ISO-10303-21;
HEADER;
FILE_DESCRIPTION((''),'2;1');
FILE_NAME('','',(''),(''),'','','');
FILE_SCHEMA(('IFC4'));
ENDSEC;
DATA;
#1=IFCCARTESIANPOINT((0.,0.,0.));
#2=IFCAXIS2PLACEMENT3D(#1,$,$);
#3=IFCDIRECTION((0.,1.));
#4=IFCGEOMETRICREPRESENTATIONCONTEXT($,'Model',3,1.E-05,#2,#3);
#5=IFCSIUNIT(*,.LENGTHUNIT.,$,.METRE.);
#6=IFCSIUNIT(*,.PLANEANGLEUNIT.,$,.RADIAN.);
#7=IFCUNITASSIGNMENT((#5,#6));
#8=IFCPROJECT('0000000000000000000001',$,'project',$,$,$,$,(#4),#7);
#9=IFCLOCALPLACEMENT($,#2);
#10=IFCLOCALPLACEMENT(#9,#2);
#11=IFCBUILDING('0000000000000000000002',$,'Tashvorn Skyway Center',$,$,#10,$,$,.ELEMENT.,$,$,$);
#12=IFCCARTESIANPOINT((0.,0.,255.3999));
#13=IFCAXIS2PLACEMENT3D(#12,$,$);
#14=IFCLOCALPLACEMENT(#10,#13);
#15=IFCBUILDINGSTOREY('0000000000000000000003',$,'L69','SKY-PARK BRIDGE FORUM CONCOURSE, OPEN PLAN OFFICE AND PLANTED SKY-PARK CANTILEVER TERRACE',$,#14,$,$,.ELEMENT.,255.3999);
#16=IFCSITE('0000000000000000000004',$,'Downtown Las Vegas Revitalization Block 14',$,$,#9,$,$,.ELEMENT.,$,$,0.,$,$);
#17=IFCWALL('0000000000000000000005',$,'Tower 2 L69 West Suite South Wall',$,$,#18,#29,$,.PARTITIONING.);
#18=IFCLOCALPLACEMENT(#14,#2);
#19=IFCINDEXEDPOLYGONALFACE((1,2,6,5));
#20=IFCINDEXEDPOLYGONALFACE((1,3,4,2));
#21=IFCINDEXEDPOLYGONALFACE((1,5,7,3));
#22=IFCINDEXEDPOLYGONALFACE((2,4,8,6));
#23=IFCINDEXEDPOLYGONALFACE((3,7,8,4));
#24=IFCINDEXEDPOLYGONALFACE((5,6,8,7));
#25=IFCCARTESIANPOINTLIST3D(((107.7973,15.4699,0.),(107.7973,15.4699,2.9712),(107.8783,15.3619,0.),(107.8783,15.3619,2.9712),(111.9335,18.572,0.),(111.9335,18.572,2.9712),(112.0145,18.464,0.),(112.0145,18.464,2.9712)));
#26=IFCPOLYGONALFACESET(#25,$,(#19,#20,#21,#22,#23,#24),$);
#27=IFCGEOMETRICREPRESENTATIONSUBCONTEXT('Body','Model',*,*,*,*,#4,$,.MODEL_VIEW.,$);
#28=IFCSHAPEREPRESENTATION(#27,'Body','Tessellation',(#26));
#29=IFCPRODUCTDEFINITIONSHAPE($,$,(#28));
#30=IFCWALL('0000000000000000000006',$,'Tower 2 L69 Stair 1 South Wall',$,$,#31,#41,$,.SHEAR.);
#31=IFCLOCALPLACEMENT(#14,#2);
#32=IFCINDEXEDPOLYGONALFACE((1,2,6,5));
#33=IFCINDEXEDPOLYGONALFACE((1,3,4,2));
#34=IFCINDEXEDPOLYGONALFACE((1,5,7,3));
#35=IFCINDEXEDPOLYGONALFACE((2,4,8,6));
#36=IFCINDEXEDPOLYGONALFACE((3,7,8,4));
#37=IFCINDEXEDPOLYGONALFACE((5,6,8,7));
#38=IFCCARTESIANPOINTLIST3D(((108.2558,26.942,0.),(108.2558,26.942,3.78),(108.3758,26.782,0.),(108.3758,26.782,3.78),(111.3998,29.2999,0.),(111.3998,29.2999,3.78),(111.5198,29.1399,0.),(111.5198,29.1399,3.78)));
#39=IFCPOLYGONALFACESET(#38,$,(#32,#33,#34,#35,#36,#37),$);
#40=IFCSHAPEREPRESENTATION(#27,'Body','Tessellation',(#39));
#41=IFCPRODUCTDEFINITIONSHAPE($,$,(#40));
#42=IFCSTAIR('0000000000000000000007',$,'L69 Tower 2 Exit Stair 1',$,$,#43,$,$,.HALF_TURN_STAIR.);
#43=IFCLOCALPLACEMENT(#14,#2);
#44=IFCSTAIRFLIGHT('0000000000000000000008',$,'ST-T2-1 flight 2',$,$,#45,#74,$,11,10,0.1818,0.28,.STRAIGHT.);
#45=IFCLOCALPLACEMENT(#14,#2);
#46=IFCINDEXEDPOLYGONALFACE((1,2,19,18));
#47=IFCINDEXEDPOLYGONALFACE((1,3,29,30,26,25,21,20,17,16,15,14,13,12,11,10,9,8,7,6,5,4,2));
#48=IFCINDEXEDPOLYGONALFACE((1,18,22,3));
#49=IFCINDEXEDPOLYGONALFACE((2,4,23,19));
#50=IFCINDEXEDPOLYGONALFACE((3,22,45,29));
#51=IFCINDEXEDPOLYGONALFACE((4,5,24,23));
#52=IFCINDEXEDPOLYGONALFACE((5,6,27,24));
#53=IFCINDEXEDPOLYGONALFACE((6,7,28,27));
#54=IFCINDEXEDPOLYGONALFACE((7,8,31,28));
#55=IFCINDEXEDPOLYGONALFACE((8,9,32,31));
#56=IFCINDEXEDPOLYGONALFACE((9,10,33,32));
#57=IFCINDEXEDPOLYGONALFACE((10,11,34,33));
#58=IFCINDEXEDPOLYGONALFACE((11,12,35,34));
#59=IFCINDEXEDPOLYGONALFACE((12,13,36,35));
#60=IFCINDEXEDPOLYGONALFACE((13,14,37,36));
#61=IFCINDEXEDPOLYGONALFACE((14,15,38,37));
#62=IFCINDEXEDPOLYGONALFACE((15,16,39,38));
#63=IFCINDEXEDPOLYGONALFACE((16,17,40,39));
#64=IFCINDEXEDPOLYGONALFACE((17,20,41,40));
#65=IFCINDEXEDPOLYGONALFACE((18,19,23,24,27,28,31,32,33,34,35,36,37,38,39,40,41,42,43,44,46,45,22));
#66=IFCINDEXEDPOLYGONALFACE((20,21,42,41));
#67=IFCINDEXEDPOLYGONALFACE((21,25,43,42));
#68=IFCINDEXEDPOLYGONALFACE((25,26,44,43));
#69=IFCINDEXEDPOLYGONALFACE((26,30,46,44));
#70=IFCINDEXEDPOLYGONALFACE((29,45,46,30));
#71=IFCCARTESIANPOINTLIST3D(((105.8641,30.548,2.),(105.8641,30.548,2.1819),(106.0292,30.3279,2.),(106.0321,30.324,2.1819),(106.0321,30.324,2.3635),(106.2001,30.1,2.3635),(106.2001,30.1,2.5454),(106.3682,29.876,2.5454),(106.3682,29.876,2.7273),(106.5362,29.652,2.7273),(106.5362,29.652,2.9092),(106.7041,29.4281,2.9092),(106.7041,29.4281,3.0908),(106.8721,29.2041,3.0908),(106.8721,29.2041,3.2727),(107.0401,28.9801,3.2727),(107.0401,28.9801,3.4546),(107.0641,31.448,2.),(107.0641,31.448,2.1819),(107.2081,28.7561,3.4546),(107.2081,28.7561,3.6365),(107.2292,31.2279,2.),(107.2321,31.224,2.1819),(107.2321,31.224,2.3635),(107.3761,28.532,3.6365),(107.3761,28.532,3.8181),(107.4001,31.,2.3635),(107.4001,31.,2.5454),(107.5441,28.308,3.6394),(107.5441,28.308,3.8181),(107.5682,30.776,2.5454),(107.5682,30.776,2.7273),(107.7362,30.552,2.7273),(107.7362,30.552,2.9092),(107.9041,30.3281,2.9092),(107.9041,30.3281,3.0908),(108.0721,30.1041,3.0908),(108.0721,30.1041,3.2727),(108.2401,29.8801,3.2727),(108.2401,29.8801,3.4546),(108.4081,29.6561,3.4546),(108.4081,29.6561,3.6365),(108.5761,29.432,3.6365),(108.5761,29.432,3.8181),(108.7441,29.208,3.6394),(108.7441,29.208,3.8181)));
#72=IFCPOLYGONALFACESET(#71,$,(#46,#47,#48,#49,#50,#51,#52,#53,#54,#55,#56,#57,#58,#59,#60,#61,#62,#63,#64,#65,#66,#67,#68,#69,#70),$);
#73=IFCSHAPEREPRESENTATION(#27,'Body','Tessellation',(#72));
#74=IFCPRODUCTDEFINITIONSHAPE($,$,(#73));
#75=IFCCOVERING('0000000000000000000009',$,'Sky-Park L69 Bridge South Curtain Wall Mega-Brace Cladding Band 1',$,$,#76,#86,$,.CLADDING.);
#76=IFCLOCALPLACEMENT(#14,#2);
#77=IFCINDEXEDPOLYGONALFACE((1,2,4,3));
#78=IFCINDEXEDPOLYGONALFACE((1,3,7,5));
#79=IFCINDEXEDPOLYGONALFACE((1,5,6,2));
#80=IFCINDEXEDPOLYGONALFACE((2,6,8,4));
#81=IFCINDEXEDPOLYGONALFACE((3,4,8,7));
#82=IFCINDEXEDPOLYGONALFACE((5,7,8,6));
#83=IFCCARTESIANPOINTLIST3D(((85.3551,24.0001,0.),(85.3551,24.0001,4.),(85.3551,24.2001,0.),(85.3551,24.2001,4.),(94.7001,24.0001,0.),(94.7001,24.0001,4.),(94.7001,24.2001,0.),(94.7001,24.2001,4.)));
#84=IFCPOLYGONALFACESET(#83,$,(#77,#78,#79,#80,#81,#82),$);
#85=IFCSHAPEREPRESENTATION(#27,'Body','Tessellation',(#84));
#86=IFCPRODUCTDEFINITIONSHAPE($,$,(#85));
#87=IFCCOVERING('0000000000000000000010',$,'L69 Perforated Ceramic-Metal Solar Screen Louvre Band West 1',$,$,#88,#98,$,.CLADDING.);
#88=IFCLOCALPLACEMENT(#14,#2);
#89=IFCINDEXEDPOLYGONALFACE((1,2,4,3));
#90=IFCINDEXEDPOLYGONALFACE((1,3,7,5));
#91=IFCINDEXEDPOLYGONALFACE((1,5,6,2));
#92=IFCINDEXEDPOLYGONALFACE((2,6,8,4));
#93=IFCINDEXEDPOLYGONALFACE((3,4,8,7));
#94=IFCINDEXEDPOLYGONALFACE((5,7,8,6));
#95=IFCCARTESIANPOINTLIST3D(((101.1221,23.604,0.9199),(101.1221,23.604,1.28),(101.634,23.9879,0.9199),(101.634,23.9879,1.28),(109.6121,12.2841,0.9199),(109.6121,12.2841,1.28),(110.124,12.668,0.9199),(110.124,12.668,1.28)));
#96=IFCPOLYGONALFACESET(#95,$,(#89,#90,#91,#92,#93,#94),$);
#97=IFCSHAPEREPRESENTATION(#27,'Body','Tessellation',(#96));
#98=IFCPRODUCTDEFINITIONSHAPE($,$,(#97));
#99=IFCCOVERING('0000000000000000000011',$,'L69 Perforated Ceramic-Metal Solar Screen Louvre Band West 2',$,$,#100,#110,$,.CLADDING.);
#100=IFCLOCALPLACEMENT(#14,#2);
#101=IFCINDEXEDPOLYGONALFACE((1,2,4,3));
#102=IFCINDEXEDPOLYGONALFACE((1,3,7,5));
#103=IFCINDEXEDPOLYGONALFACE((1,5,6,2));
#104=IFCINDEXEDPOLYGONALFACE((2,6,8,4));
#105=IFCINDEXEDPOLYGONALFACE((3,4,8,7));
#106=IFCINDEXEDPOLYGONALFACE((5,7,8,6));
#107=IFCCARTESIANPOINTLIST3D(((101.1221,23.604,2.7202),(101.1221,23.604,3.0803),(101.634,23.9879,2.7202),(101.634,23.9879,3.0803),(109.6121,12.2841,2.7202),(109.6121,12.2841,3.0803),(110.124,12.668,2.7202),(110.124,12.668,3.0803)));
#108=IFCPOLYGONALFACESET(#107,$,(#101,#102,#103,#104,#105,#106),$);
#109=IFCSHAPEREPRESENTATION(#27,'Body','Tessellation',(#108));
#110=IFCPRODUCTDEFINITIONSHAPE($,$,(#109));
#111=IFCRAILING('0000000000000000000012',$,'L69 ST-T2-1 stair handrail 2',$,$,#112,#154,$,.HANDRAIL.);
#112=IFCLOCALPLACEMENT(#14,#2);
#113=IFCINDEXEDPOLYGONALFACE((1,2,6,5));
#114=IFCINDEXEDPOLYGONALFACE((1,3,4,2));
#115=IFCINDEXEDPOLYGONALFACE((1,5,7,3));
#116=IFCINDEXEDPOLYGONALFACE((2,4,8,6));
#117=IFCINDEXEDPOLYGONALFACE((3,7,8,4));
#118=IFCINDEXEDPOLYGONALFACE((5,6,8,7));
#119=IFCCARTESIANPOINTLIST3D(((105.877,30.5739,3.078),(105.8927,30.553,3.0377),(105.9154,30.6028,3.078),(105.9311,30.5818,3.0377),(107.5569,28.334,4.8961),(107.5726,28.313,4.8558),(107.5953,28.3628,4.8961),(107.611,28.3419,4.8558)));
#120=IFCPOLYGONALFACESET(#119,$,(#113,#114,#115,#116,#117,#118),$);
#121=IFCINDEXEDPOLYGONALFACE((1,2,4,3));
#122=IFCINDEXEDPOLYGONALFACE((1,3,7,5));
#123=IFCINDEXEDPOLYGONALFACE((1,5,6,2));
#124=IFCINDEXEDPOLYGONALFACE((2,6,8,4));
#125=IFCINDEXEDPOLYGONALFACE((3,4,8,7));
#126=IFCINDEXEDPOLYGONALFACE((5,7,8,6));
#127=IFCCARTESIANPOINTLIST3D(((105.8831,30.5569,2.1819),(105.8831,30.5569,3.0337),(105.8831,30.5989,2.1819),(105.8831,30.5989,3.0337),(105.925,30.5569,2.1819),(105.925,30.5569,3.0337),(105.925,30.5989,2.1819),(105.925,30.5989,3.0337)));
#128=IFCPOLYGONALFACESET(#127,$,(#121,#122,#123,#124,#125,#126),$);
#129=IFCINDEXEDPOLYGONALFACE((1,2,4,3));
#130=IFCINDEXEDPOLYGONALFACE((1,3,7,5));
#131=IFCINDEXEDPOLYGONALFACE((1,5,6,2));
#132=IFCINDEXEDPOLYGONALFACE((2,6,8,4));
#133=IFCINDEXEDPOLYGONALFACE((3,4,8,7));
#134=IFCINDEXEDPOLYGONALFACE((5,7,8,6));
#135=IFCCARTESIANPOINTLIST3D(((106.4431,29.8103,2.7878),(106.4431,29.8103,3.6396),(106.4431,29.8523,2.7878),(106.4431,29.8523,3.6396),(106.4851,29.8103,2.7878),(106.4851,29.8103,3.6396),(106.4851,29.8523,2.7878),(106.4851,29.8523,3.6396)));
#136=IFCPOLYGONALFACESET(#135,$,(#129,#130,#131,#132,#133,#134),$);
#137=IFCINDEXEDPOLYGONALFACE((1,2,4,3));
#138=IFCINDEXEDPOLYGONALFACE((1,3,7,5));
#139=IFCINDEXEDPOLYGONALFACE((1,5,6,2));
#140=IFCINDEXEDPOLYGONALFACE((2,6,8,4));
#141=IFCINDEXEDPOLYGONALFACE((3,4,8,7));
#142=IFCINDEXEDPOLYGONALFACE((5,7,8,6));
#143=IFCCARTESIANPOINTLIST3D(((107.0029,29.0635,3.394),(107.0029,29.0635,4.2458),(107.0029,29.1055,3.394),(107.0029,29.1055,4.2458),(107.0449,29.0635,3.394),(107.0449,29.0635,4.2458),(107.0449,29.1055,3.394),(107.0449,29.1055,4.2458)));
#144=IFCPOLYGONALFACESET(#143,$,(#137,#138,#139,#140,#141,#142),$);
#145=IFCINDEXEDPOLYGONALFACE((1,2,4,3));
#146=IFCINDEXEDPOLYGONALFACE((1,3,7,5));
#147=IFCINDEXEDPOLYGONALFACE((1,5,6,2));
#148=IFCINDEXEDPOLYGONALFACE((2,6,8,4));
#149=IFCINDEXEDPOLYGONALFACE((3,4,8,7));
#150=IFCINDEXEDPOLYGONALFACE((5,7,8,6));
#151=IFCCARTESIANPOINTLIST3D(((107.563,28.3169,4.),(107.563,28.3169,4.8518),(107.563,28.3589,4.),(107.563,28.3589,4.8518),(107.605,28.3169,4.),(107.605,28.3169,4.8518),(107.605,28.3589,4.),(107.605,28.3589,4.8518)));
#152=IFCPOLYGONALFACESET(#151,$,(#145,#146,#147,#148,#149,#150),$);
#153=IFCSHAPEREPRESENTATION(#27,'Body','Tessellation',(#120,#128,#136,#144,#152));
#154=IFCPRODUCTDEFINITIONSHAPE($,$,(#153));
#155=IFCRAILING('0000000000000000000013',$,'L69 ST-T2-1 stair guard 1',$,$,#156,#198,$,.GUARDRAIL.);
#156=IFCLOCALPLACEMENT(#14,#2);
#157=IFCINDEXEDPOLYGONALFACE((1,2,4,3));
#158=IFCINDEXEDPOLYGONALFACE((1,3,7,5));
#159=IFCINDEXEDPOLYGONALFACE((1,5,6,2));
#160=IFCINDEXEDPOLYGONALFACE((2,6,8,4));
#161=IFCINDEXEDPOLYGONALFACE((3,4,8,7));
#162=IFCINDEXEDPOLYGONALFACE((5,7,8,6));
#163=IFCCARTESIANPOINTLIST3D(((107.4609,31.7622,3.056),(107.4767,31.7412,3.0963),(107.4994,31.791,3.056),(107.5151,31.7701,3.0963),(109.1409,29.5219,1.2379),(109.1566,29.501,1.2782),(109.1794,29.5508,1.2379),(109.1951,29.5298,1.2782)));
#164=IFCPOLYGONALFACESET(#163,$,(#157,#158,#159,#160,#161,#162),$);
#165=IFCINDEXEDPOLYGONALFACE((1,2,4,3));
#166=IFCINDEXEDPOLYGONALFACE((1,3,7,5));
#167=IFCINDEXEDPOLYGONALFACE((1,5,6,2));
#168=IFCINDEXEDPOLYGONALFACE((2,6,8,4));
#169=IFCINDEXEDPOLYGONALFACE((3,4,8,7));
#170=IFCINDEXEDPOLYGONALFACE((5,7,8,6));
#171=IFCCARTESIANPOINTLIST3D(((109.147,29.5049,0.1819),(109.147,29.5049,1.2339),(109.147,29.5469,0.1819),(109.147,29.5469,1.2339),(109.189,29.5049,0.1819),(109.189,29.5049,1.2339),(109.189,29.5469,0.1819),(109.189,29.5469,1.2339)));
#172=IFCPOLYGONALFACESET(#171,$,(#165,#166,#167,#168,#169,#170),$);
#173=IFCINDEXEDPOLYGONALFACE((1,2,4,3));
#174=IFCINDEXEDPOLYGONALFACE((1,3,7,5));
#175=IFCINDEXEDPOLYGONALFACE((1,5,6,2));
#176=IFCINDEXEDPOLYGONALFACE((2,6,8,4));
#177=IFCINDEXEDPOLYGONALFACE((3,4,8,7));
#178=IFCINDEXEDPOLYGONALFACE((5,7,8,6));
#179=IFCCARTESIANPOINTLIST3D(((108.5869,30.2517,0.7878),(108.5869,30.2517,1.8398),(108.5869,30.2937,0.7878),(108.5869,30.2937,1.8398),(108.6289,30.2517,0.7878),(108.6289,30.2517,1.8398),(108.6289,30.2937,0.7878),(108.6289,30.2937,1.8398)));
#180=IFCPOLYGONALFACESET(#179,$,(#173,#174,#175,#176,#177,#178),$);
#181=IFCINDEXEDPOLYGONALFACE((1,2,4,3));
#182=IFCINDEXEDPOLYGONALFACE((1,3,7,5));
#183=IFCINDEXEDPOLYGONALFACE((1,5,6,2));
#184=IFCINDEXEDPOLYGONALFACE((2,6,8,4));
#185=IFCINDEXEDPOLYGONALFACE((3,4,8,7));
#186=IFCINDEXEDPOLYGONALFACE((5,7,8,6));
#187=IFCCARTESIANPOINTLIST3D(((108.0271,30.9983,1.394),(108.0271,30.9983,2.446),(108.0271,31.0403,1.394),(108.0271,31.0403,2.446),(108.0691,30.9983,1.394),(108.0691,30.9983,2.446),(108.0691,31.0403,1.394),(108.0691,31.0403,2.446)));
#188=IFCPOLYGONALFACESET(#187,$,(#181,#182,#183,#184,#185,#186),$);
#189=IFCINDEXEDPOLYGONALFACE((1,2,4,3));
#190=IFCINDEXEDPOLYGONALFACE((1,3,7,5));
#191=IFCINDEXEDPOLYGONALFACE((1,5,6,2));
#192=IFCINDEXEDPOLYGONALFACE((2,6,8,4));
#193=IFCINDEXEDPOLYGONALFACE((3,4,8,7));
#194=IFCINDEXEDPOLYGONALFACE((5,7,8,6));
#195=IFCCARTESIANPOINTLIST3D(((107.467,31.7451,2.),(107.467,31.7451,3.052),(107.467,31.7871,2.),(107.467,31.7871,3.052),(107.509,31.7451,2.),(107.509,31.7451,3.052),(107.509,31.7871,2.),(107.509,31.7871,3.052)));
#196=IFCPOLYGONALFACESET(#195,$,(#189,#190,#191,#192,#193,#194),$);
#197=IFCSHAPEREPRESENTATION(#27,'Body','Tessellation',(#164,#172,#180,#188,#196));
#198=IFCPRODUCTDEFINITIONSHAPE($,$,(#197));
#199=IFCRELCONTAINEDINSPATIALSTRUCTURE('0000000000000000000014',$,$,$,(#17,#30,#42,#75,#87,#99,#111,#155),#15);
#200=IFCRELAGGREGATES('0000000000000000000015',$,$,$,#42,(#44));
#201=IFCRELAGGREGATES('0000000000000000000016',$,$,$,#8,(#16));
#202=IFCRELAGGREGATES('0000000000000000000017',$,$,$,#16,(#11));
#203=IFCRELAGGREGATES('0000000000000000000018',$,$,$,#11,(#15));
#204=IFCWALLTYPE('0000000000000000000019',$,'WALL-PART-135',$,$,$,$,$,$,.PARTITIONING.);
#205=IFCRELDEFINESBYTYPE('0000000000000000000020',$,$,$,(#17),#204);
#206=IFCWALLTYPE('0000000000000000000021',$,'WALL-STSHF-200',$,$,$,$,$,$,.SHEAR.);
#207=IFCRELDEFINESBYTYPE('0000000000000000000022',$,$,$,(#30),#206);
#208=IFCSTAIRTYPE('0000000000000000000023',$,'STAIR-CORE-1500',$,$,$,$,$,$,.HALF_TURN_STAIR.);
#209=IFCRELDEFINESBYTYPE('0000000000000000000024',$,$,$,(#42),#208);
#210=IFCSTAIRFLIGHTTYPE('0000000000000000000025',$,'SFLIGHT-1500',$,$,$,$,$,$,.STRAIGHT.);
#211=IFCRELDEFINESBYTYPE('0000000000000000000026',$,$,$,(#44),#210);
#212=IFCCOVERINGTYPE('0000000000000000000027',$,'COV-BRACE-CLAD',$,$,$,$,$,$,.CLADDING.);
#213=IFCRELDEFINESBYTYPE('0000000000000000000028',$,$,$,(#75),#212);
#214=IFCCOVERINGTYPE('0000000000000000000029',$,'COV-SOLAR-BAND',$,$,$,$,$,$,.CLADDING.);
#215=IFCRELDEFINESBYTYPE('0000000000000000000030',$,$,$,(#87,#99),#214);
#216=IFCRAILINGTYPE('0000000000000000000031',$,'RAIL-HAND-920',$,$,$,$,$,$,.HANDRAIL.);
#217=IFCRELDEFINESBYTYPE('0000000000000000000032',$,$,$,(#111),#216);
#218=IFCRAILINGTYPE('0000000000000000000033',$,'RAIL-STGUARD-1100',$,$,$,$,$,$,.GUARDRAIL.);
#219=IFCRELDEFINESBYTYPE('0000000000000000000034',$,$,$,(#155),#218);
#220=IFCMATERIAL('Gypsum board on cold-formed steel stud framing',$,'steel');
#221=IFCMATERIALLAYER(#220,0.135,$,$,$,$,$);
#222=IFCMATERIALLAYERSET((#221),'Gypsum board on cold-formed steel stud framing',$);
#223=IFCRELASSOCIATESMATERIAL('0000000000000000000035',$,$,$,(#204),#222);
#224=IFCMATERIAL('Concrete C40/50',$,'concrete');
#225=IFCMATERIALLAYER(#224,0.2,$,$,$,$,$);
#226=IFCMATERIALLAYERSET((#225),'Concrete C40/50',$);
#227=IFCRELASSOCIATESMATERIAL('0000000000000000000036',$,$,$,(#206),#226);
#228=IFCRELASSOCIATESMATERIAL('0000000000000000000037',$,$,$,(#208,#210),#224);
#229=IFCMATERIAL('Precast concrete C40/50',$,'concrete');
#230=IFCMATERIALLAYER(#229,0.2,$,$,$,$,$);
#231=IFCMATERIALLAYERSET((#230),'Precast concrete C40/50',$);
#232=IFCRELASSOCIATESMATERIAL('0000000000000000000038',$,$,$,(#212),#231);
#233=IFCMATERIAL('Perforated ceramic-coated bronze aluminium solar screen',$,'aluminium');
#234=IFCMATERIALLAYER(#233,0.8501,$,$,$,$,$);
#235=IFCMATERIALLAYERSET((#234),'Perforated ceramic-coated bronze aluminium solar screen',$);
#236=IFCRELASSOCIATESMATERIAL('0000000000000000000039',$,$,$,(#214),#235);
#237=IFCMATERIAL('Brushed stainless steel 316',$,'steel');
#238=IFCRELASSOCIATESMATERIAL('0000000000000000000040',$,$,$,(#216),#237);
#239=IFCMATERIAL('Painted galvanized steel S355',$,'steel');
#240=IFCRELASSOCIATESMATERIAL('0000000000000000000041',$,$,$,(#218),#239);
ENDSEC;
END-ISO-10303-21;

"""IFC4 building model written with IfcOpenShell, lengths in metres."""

from ifc_helpers import new_model, si_unit, direction, frame, frame_2d, origin, origin_2d, place, context, subcontext, project, spatial, polyline, rectangle, outline, extrude, material, layer, layer_set, type_object, element, aggregate, save


model = new_model("IFC4")

# Units and contexts
model_context = context("Model", 3, precision=1e-05, world=origin(), true_north=direction((0.0, 1.0)))
body_context = subcontext(model_context, "Body", "Model", "MODEL_VIEW")
ifc_project = project(units=[si_unit("LENGTHUNIT", "METRE"), si_unit("PLANEANGLEUNIT", "RADIAN")], contexts=[model_context])

# Site, building, storey
site_placement = place(None, origin())
site = spatial("IfcSite", under=ifc_project, at=site_placement, Name="Downtown Las Vegas Revitalization Block 14", CompositionType="ELEMENT", RefElevation=0.0)
building_placement = place(site_placement, origin())
building = spatial("IfcBuilding", under=site, at=building_placement, Name="Tashvorn Skyway Center", CompositionType="ELEMENT")
storey_placement = place(building_placement, frame((0.0, 0.0, 255.3999)))
storey = spatial("IfcBuildingStorey", under=building, at=storey_placement, Name="L69", Description="SKY-PARK BRIDGE FORUM CONCOURSE, OPEN PLAN OFFICE AND PLANTED SKY-PARK CANTILEVER TERRACE", CompositionType="ELEMENT", Elevation=255.3999)

# Shared definitions
ifc_material_1 = material(Name="Concrete C40/50", Category="concrete")

# Walls
ifc_material_2 = material(Name="Gypsum board on cold-formed steel stud framing", Category="steel")
ifc_layer_1 = layer(ifc_material_2, 0.135)
ifc_layer_set_1 = layer_set([ifc_layer_1], Name="Gypsum board on cold-formed steel stud framing")
wall_type_1 = type_object("IfcWallType", Name="WALL-PART-135", PredefinedType="PARTITIONING", material=ifc_layer_set_1)
wall_1_placement = place(storey_placement, frame((107.8379, 15.416, 0.0), z_axis=(0.0, 0.0, 1.0), x_axis=(0.800011, 0.599985, 0.0)))
element("IfcWall", 1, at=wall_1_placement, inside=storey, type_object=wall_type_1, Name="Tower 2 L69 West Suite South Wall", PredefinedType="PARTITIONING", context=body_context, shape_type="SweptSolid", body=[
    extrude(rectangle(XDim=5.1702, YDim=0.135, at=frame_2d((2.585, 0.0))), origin(), (0.0, 0.0, 1.0), 2.9712),
])
ifc_layer_2 = layer(ifc_material_1, 0.2)
ifc_layer_set_2 = layer_set([ifc_layer_2], Name="Concrete C40/50")
wall_type_2 = type_object("IfcWallType", Name="WALL-STSHF-200", PredefinedType="SHEAR", material=ifc_layer_set_2)
wall_2_placement = place(storey_placement, frame((108.3159, 26.8621, 0.0), z_axis=(0.0, 0.0, 1.0), x_axis=(0.800015, 0.59998, 0.0)))
element("IfcWall", 2, at=wall_2_placement, inside=storey, type_object=wall_type_2, Name="Tower 2 L69 Stair 1 South Wall", PredefinedType="SHEAR", context=body_context, shape_type="SweptSolid", body=[
    extrude(rectangle(XDim=3.9299, YDim=0.2, at=frame_2d((1.9648, 0.0))), origin(), (0.0, 0.0, 1.0), 3.78),
])

# Stair, stair flight
stair_type = type_object("IfcStairType", Name="STAIR-CORE-1500", PredefinedType="HALF_TURN_STAIR", material=ifc_material_1)
stair_placement = place(storey_placement, origin())
stair = element("IfcStair", 3, at=stair_placement, inside=storey, type_object=stair_type, Name="L69 Tower 2 Exit Stair 1", PredefinedType="HALF_TURN_STAIR")
stair_flight_type = type_object("IfcStairFlightType", Name="SFLIGHT-1500", PredefinedType="STRAIGHT", material=ifc_material_1)
stair_flight_placement = place(storey_placement, frame((106.4641, 30.998, 2.0), z_axis=(0.0, 0.0, 1.0), x_axis=(0.6, -0.8, 0.0)))
stair_flight = element("IfcStairFlight", 4, at=stair_flight_placement, type_object=stair_flight_type, Name="ST-T2-1 flight 2", NumberOfRisers=11, NumberOfTreads=10, PredefinedType="STRAIGHT", RiserHeight=0.1818, TreadLength=0.28, context=body_context, shape_type="SweptSolid", body=[
    extrude(outline(polyline([(0.0, 0.0), (0.0, 0.1819), (0.28, 0.1819), (0.28, 0.3635), (0.5601, 0.3635), (0.5601, 0.5454), (0.8401, 0.5454), (0.8401, 0.7273), (1.1201, 0.7273), (1.1201, 0.9092), (1.3999, 0.9092), (1.3999, 1.0908), (1.6799, 1.0908), (1.6799, 1.2727), (1.96, 1.2727), (1.96, 1.4546), (2.24, 1.4546), (2.24, 1.6365), (2.52, 1.6365), (2.52, 1.8181), (2.8, 1.8181), (2.8, 2.0), (2.8, 1.6394), (0.2751, 0.0), (0.0, 0.0)])), frame((0.0, 0.75, 0.0), z_axis=(0.0, -1.0, 0.0), x_axis=(1.0, 0.0, 0.0)), (0.0, 0.0, 1.0), 1.5),
])
aggregate(stair, [stair_flight])

# Coverings
ifc_material_3 = material(Name="Precast concrete C40/50", Category="concrete")
ifc_layer_3 = layer(ifc_material_3, 0.2)
ifc_layer_set_3 = layer_set([ifc_layer_3], Name="Precast concrete C40/50")
covering_type_1 = type_object("IfcCoveringType", Name="COV-BRACE-CLAD", PredefinedType="CLADDING", material=ifc_layer_set_3)
covering_placement = place(storey_placement, frame((90.0276, 24.1001, 0.0), z_axis=(0.0, 0.0, 1.0), x_axis=(-1.0, 0.0, 0.0)))
element("IfcCovering", 5, at=covering_placement, inside=storey, type_object=covering_type_1, Name="Sky-Park L69 Bridge South Curtain Wall Mega-Brace Cladding Band 1", PredefinedType="CLADDING", context=body_context, shape_type="SweptSolid", body=[
    extrude(rectangle(XDim=9.345, YDim=0.2, at=origin_2d()), origin(), (0.0, 0.0, 1.0), 4.0),
])
ifc_material_4 = material(Name="Perforated ceramic-coated bronze aluminium solar screen", Category="aluminium")
ifc_layer_4 = layer(ifc_material_4, 0.8501)
ifc_layer_set_4 = layer_set([ifc_layer_4], Name="Perforated ceramic-coated bronze aluminium solar screen")
covering_type_2 = type_object("IfcCoveringType", Name="COV-SOLAR-BAND", PredefinedType="CLADDING", material=ifc_layer_set_4)
for number, where, z_axis, x_axis, name in (
    (6, (105.623, 18.136, 0.9199), (0.0, 0.0, 1.0), (-0.6, 0.8, 0.0), "L69 Perforated Ceramic-Metal Solar Screen Louvre Band West 1"),
    (7, (105.623, 18.136, 2.7202), (0.0, 0.0, 1.0), (-0.6, 0.8, 0.0), "L69 Perforated Ceramic-Metal Solar Screen Louvre Band West 2"),
):
    element("IfcCovering", number, at=place(storey_placement, frame(where, z_axis=z_axis, x_axis=x_axis)), inside=storey, type_object=covering_type_2, Name=name, PredefinedType="CLADDING", context=body_context, shape_type="SweptSolid", body=[
        extrude(rectangle(XDim=14.1499, YDim=0.6399, at=origin_2d()), origin(), (0.0, 0.0, 1.0), 0.3601),
    ])

# Railings
ifc_material_5 = material(Name="Brushed stainless steel 316", Category="steel")
railing_type_1 = type_object("IfcRailingType", Name="RAIL-HAND-920", PredefinedType="HANDRAIL", material=ifc_material_5)
railing_1_placement = place(storey_placement, frame((105.9041, 30.5779, 2.1819)))
element("IfcRailing", 8, at=railing_1_placement, inside=storey, type_object=railing_type_1, Name="L69 ST-T2-1 stair handrail 2", PredefinedType="HANDRAIL", context=body_context, shape_type="SweptSolid", body=[
    extrude(rectangle(XDim=0.0481, YDim=0.0481, at=origin_2d()), frame((0.0, 0.0, 0.876), z_axis=(0.503207, -0.670966, 0.544598), x_axis=(0.80001, 0.599986, 0.0)), (0.0, 0.0, 1.0), 3.3384),
    extrude(rectangle(XDim=0.042, YDim=0.042, at=origin_2d()), origin(), (0.0, 0.0, 1.0), 0.8518),
    extrude(rectangle(XDim=0.042, YDim=0.042, at=origin_2d()), frame((0.5601, -0.7466, 0.606)), (0.0, 0.0, 1.0), 0.8518),
    extrude(rectangle(XDim=0.042, YDim=0.042, at=origin_2d()), frame((1.1199, -1.4934, 1.2122)), (0.0, 0.0, 1.0), 0.8518),
    extrude(rectangle(XDim=0.042, YDim=0.042, at=origin_2d()), frame((1.6799, -2.24, 1.8181)), (0.0, 0.0, 1.0), 0.8518),
])
ifc_material_6 = material(Name="Painted galvanized steel S355", Category="steel")
railing_type_2 = type_object("IfcRailingType", Name="RAIL-STGUARD-1100", PredefinedType="GUARDRAIL", material=ifc_material_6)
railing_2_placement = place(storey_placement, frame((109.168, 29.5259, 0.1819)))
element("IfcRailing", 9, at=railing_2_placement, inside=storey, type_object=railing_type_2, Name="L69 ST-T2-1 stair guard 1", PredefinedType="GUARDRAIL", context=body_context, shape_type="SweptSolid", body=[
    extrude(rectangle(XDim=0.0481, YDim=0.0481, at=origin_2d()), frame((0.0, 0.0, 1.0762), z_axis=(-0.503182, 0.671007, 0.544571), x_axis=(-0.800042, -0.599944, 0.0)), (0.0, 0.0, 1.0), 3.3386),
    extrude(rectangle(XDim=0.042, YDim=0.042, at=origin_2d()), origin(), (0.0, 0.0, 1.0), 1.052),
    extrude(rectangle(XDim=0.042, YDim=0.042, at=origin_2d()), frame((-0.5601, 0.7468, 0.606)), (0.0, 0.0, 1.0), 1.052),
    extrude(rectangle(XDim=0.042, YDim=0.042, at=origin_2d()), frame((-1.1199, 1.4934, 1.2122)), (0.0, 0.0, 1.0), 1.052),
    extrude(rectangle(XDim=0.042, YDim=0.042, at=origin_2d()), frame((-1.6799, 2.2402, 1.8181)), (0.0, 0.0, 1.0), 1.052),
])

save(model, "model.ifc")
